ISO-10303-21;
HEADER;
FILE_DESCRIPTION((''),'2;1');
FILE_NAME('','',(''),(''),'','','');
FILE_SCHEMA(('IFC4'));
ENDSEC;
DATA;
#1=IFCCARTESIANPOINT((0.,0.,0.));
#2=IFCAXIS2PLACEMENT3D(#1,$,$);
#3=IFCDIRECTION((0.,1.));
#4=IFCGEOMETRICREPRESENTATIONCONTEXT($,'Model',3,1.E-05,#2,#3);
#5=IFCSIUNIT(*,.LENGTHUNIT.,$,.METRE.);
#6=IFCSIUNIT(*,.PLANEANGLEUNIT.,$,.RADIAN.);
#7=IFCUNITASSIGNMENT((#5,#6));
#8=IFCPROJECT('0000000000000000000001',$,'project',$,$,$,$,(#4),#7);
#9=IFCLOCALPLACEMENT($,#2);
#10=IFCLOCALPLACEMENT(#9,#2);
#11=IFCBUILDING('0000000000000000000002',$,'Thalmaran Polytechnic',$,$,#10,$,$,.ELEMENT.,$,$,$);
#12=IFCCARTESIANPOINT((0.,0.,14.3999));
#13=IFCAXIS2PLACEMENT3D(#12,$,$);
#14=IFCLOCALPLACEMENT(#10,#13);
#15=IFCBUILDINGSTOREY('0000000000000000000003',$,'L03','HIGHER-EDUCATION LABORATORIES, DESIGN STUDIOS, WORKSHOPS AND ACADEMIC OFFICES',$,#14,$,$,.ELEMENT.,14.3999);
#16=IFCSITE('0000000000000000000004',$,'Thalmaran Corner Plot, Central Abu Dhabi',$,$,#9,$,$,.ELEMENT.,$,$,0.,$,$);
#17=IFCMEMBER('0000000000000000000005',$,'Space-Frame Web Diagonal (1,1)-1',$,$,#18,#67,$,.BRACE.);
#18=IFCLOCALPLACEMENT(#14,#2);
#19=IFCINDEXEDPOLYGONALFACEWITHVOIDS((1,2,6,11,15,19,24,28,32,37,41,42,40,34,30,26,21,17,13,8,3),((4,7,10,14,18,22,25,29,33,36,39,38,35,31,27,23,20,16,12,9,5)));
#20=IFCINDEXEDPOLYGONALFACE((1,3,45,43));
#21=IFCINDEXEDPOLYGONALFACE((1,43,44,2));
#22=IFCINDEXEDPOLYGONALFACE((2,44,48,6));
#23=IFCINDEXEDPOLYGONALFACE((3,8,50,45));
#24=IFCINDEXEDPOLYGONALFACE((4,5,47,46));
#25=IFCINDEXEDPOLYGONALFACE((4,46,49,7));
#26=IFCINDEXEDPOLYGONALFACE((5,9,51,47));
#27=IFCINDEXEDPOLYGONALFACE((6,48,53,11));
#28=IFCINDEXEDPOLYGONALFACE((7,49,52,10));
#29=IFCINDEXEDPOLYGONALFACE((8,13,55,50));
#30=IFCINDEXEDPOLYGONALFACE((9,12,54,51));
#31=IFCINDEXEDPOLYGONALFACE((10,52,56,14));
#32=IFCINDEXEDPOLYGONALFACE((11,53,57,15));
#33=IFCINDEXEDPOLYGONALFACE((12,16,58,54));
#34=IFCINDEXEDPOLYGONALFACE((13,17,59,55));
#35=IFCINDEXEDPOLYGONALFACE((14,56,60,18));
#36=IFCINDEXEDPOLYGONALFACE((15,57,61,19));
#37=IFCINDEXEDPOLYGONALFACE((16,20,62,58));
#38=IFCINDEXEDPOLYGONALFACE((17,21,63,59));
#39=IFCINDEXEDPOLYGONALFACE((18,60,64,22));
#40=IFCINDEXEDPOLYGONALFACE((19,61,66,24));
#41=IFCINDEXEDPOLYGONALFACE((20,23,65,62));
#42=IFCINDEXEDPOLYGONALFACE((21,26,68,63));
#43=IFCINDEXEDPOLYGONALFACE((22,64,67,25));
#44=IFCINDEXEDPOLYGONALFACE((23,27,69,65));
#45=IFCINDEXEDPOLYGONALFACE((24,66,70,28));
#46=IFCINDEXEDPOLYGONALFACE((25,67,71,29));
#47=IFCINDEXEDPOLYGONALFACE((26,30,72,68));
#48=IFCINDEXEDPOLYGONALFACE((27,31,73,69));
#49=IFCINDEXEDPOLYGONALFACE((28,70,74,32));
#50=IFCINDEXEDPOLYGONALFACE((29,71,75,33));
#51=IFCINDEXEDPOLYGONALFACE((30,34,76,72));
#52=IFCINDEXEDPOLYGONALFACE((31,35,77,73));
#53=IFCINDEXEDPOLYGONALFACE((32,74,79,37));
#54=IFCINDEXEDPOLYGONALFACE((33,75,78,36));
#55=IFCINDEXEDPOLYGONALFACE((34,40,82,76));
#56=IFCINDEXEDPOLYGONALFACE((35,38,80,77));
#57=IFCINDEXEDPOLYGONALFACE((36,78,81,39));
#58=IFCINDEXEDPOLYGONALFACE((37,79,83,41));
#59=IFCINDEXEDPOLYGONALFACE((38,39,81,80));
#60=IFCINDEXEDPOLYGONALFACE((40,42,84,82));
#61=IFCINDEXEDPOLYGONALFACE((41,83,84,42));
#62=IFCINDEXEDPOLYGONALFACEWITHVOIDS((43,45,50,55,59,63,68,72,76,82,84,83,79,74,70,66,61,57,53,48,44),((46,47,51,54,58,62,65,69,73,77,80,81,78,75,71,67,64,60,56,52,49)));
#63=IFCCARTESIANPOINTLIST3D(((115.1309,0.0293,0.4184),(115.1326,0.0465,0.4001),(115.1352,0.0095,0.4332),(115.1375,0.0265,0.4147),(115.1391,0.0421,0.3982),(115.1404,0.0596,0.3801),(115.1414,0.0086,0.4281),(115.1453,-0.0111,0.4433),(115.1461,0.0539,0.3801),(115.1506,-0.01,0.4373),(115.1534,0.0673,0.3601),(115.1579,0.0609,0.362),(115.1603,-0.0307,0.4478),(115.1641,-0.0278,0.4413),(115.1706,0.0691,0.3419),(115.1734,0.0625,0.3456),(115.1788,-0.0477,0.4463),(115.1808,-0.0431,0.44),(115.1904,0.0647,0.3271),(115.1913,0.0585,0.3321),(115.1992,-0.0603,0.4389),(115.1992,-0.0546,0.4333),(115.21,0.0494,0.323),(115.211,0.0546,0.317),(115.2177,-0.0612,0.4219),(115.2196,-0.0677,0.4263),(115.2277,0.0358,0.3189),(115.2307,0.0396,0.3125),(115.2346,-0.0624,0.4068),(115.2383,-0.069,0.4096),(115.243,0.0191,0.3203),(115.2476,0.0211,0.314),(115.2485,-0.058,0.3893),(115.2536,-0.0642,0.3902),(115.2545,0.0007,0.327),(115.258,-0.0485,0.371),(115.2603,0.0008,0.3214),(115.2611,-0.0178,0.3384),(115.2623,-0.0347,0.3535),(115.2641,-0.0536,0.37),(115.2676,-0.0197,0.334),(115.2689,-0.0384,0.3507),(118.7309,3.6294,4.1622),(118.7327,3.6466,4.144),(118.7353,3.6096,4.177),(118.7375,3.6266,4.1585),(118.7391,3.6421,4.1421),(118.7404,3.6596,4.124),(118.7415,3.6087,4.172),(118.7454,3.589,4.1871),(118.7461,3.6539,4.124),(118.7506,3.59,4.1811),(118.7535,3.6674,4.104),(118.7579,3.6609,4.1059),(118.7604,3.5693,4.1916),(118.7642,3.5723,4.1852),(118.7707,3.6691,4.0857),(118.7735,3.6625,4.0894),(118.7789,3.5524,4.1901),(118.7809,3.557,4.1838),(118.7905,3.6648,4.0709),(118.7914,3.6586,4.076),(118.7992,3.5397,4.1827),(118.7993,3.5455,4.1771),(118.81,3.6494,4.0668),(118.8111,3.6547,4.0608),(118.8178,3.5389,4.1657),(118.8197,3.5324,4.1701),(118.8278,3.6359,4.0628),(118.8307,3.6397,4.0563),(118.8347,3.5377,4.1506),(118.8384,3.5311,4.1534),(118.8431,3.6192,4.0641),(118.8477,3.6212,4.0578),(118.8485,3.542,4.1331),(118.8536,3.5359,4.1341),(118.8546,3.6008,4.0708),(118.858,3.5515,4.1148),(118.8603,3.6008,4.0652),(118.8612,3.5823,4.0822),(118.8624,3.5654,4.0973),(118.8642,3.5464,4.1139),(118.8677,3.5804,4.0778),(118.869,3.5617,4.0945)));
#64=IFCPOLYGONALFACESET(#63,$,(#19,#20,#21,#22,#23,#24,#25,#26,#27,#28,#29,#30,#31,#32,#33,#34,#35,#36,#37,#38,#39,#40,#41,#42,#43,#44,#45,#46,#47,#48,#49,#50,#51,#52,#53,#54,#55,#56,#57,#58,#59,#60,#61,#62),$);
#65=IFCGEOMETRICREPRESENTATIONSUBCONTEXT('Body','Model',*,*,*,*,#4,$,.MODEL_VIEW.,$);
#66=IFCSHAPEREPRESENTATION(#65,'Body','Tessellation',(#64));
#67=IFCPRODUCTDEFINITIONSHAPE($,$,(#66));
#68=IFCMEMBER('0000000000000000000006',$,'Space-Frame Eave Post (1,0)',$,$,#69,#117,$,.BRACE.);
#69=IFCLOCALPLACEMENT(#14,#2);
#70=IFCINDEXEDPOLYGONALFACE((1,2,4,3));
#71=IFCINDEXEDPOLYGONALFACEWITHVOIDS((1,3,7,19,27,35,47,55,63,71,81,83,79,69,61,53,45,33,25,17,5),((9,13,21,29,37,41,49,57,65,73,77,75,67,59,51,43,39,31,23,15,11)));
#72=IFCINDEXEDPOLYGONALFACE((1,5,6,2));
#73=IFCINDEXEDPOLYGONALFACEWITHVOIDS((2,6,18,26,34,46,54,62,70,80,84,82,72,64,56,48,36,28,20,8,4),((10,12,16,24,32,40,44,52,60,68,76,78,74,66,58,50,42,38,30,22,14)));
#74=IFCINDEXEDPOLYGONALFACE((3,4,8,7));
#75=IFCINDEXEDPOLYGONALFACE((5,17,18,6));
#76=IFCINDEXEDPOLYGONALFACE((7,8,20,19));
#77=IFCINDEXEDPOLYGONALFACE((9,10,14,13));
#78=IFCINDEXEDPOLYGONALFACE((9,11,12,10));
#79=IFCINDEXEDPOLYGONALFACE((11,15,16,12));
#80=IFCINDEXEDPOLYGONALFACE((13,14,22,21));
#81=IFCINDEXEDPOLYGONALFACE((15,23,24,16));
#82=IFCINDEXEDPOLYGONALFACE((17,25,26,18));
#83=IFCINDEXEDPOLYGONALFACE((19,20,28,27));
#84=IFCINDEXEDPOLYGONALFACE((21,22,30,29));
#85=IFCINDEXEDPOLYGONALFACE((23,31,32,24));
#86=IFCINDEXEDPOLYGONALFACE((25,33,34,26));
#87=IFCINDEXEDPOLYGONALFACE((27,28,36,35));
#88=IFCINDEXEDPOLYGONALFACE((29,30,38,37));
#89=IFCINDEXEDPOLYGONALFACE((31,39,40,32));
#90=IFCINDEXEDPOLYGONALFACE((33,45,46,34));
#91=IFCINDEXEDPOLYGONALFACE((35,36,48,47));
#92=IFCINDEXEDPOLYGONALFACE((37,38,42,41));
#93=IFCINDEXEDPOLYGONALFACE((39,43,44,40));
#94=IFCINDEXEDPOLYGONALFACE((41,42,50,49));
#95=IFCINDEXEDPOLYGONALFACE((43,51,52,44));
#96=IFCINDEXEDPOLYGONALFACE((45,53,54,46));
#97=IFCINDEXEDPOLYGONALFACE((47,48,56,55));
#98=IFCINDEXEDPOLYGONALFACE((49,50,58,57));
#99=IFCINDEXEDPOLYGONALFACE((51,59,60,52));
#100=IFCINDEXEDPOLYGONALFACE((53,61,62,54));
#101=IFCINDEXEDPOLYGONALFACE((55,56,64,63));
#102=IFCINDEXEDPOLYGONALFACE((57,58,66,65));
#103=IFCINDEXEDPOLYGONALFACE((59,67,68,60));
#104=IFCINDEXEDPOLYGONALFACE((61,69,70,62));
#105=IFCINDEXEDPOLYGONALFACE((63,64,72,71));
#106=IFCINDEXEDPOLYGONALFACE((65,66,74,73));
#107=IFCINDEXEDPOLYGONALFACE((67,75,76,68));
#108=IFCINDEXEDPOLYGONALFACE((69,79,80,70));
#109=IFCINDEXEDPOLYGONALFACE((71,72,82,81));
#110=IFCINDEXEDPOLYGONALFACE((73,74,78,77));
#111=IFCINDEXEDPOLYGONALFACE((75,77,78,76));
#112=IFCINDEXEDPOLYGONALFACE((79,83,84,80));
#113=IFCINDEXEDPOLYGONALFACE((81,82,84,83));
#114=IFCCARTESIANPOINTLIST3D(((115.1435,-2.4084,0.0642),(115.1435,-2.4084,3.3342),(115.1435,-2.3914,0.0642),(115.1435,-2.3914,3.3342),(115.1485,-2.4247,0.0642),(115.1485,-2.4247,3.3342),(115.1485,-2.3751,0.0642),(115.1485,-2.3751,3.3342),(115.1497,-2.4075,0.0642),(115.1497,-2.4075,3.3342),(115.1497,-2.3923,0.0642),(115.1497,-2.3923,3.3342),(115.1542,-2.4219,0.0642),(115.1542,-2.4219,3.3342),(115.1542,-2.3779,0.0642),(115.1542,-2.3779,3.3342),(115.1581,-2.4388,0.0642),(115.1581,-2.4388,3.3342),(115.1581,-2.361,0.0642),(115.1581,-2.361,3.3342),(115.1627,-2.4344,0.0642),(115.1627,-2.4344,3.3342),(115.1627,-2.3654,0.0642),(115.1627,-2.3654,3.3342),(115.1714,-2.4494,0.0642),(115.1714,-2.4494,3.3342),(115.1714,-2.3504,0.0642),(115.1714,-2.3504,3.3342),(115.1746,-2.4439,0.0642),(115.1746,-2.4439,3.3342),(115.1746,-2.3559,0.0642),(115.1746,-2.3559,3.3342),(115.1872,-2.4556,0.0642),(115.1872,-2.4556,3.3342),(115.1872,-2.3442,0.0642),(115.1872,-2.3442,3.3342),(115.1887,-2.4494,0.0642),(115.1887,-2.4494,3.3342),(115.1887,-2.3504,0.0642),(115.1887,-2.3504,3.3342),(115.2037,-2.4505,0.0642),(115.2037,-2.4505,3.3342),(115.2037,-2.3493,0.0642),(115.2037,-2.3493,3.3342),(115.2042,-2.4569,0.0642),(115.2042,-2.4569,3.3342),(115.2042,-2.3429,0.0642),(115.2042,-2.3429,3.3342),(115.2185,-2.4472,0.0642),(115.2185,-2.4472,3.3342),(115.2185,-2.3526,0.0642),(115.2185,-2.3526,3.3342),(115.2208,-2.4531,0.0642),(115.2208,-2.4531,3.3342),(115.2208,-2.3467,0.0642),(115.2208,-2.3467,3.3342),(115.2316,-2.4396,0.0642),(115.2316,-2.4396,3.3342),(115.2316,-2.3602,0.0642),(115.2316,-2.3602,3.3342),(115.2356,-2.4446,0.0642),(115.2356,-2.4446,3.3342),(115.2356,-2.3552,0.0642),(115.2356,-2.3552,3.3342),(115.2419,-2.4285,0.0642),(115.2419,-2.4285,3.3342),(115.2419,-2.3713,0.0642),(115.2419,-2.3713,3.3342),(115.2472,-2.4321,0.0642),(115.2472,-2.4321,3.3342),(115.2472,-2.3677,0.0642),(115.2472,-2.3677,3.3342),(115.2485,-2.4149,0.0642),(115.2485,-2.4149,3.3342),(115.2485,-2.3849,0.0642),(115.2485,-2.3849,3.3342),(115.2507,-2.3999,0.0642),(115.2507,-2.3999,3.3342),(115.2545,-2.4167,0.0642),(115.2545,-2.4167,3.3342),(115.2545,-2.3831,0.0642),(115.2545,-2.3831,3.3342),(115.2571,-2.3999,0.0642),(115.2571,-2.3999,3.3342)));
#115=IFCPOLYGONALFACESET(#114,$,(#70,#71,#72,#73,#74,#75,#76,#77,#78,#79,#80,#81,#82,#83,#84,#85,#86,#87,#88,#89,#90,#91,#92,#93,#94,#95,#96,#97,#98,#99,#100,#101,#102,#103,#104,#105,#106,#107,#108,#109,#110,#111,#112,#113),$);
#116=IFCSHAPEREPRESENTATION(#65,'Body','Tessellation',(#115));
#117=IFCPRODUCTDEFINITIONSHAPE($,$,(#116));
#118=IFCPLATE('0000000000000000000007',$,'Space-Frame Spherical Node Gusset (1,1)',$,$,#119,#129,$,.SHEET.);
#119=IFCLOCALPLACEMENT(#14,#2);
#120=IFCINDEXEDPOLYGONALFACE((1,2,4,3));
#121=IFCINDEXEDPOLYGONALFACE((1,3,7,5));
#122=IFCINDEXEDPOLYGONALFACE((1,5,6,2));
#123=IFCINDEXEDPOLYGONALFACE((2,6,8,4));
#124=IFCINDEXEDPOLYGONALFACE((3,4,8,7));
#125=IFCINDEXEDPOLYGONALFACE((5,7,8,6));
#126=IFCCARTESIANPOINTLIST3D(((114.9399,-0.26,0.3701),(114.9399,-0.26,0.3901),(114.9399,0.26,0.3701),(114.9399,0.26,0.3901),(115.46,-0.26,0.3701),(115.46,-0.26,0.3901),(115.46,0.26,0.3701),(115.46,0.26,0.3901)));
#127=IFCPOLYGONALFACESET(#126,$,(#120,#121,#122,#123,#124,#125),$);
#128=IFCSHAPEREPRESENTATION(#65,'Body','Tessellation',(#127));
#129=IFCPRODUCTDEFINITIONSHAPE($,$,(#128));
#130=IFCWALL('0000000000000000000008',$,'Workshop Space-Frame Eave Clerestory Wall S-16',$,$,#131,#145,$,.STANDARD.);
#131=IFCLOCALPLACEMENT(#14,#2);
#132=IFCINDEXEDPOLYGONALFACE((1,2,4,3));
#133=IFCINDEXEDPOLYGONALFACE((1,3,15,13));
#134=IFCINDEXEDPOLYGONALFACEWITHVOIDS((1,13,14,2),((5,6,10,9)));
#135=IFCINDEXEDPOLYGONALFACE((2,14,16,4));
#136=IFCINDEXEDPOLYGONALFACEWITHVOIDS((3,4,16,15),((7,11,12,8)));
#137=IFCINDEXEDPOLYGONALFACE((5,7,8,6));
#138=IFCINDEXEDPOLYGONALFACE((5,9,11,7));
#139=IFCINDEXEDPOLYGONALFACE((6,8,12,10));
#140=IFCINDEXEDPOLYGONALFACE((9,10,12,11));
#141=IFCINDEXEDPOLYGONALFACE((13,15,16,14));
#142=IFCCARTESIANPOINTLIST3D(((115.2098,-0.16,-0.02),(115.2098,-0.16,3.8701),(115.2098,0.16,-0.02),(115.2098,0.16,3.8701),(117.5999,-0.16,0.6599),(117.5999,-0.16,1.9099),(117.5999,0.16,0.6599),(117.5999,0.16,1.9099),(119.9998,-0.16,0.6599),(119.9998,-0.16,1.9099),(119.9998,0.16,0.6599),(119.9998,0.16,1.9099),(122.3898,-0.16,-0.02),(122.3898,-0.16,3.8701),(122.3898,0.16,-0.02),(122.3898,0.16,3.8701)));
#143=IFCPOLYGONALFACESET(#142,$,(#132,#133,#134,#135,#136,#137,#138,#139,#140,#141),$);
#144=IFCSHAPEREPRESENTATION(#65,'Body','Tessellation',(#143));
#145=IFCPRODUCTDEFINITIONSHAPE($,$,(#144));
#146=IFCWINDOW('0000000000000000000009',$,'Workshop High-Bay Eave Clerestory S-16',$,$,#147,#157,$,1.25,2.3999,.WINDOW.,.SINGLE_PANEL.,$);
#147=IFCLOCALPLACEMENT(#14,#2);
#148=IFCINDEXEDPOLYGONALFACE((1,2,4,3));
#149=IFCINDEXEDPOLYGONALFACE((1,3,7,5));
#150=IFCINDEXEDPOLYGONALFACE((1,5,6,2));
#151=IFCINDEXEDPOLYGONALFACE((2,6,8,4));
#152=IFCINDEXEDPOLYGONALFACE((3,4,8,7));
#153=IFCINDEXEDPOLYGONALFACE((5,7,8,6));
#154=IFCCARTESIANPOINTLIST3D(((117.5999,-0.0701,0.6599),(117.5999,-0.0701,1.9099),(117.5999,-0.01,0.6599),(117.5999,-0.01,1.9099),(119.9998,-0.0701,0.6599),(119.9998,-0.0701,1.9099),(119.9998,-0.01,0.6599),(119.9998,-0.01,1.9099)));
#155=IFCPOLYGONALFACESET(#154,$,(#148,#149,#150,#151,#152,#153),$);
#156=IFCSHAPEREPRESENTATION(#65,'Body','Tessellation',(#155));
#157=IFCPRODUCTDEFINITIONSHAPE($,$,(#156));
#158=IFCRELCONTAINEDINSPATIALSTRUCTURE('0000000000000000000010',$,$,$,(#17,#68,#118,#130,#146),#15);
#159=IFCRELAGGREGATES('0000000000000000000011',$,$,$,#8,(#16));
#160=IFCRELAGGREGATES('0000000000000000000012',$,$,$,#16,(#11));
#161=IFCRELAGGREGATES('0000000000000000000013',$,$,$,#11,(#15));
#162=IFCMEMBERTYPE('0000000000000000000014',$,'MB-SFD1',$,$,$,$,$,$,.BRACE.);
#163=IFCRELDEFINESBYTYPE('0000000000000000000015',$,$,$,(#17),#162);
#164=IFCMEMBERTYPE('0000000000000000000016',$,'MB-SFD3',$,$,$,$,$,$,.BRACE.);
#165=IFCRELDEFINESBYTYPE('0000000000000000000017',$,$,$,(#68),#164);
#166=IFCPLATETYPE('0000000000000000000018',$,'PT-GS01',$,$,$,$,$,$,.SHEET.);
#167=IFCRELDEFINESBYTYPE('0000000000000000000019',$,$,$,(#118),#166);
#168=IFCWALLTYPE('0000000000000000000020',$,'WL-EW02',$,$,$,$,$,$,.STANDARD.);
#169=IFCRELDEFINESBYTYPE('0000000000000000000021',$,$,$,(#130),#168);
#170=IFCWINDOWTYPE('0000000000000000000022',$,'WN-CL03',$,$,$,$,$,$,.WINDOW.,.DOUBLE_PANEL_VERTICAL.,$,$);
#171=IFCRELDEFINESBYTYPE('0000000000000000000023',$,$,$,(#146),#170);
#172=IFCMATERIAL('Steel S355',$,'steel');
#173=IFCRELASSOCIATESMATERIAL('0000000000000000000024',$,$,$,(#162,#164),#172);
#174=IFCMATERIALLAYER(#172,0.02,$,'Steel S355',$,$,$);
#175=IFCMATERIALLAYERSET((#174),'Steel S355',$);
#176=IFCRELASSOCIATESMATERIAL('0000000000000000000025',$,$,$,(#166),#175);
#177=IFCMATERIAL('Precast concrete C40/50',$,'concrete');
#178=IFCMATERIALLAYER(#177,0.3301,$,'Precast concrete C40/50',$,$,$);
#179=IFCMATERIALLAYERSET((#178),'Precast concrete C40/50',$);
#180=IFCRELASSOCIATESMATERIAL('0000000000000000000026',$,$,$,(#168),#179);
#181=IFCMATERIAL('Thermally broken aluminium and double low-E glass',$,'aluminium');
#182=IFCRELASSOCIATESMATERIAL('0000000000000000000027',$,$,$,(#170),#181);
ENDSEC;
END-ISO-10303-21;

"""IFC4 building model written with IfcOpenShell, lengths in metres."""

from ifc_helpers import new_model, si_unit, direction, frame, frame_2d, origin, origin_2d, place, context, subcontext, project, spatial, rectangle, hollow_circle, extrude, material, layer, layer_set, material_profile, profile_set, type_object, element, fill, save


model = new_model("IFC4")

# Units and contexts
model_context = context("Model", 3, precision=1e-05, world=origin(), true_north=direction((0.0, 1.0)))
body_context = subcontext(model_context, "Body", "Model", "MODEL_VIEW")
ifc_project = project(units=[si_unit("LENGTHUNIT", "METRE"), si_unit("PLANEANGLEUNIT", "RADIAN")], contexts=[model_context])

# Site, building, storey
site_placement = place(None, origin())
site = spatial("IfcSite", under=ifc_project, at=site_placement, Name="Thalmaran Corner Plot, Central Abu Dhabi", CompositionType="ELEMENT", RefElevation=0.0)
building_placement = place(site_placement, origin())
building = spatial("IfcBuilding", under=site, at=building_placement, Name="Thalmaran Polytechnic", CompositionType="ELEMENT")
storey_placement = place(building_placement, frame((0.0, 0.0, 14.3999)))
storey = spatial("IfcBuildingStorey", under=building, at=storey_placement, Name="L03", Description="HIGHER-EDUCATION LABORATORIES, DESIGN STUDIOS, WORKSHOPS AND ACADEMIC OFFICES", CompositionType="ELEMENT", Elevation=14.3999)

# Shared definitions
ifc_material_1 = material(Name="Steel S355", Category="steel")

# Members
ifc_material_profile_1 = material_profile(ifc_material_1, hollow_circle(Radius=0.0842, WallThickness=0.0081, at=origin_2d()), Name="CHS 168.3x8.0")
ifc_profile_set_1 = profile_set([ifc_material_profile_1], Name="Steel S355")
member_type_1 = type_object("IfcMemberType", Name="MB-SFD1", PredefinedType="BRACE", material=ifc_profile_set_1)
member_1_placement = place(storey_placement, frame((115.2, 0.0, 0.3801), z_axis=(0.569666, 0.569666, 0.59242), x_axis=(-0.707107, 0.707107, 0.0)))
element("IfcMember", 1, at=member_1_placement, inside=storey, type_object=member_type_1, Name="Space-Frame Web Diagonal (1,1)-1", PredefinedType="BRACE", context=body_context, shape_type="SweptSolid", body=[
    extrude(hollow_circle(Radius=0.0842, WallThickness=0.0081, at=origin_2d()), origin(), (0.0, 0.0, 1.0), 6.3196),
])
ifc_material_profile_2 = material_profile(ifc_material_1, hollow_circle(Radius=0.0571, WallThickness=0.0063, at=origin_2d()), Name="CHS 114.3x6.3")
ifc_profile_set_2 = profile_set([ifc_material_profile_2], Name="Steel S355")
member_type_2 = type_object("IfcMemberType", Name="MB-SFD3", PredefinedType="BRACE", material=ifc_profile_set_2)
member_2_placement = place(storey_placement, frame((115.2, -2.3999, 0.0642), z_axis=(0.0, 0.0, 1.0), x_axis=(1.0, 0.0, 0.0)))
element("IfcMember", 2, at=member_2_placement, inside=storey, type_object=member_type_2, Name="Space-Frame Eave Post (1,0)", PredefinedType="BRACE", context=body_context, shape_type="SweptSolid", body=[
    extrude(hollow_circle(Radius=0.0571, WallThickness=0.0063, at=origin_2d()), origin(), (0.0, 0.0, 1.0), 3.27),
])

# Plate
ifc_layer_1 = layer(ifc_material_1, 0.02, Name="Steel S355")
ifc_layer_set_1 = layer_set([ifc_layer_1], Name="Steel S355")
plate_type = type_object("IfcPlateType", Name="PT-GS01", PredefinedType="SHEET", material=ifc_layer_set_1)
plate_placement = place(storey_placement, frame((115.2, 0.0, 0.3701), z_axis=(0.0, 0.0, 1.0), x_axis=(1.0, 0.0, 0.0)))
element("IfcPlate", 3, at=plate_placement, inside=storey, type_object=plate_type, Name="Space-Frame Spherical Node Gusset (1,1)", PredefinedType="SHEET", context=body_context, shape_type="SweptSolid", body=[
    extrude(rectangle(XDim=0.52, YDim=0.52, at=origin_2d()), origin(), (0.0, 0.0, 1.0), 0.02),
])

# Wall, opening, window
ifc_material_2 = material(Name="Precast concrete C40/50", Category="concrete")
ifc_layer_2 = layer(ifc_material_2, 0.3301, Name="Precast concrete C40/50")
ifc_layer_set_2 = layer_set([ifc_layer_2], Name="Precast concrete C40/50")
wall_type = type_object("IfcWallType", Name="WL-EW02", PredefinedType="STANDARD", material=ifc_layer_set_2)
wall_placement = place(storey_placement, frame((115.21, 0.0, -0.02), z_axis=(0.0, 0.0, 1.0), x_axis=(1.0, 0.0, 0.0)))
wall = element("IfcWall", 4, at=wall_placement, inside=storey, type_object=wall_type, Name="Workshop Space-Frame Eave Clerestory Wall S-16", PredefinedType="STANDARD", context=body_context, shape_type="SweptSolid", body=[
    extrude(rectangle(XDim=7.1799, YDim=0.3201, at=frame_2d((3.5898, 0.0))), origin(), (0.0, 0.0, 1.0), 3.8901),
])
opening_placement = place(wall_placement, frame((2.3899, 0.0, 0.6799)))
opening = element("IfcOpeningElement", 5, at=opening_placement, cuts=wall, PredefinedType="OPENING", context=body_context, shape_type="SweptSolid", body=[
    extrude(rectangle(XDim=2.3999, YDim=1.25, at=frame_2d((1.2, 0.625))), frame((0.0, 0.1699, 0.0), z_axis=(0.0, -1.0, 0.0), x_axis=(1.0, 0.0, 0.0)), (0.0, 0.0, 1.0), 0.3401),
])
ifc_material_3 = material(Name="Thermally broken aluminium and double low-E glass", Category="aluminium")
window_type = type_object("IfcWindowType", Name="WN-CL03", PartitioningType="DOUBLE_PANEL_VERTICAL", PredefinedType="WINDOW", material=ifc_material_3)
window_placement = place(opening_placement, origin())
window = element("IfcWindow", 6, at=window_placement, inside=storey, type_object=window_type, Name="Workshop High-Bay Eave Clerestory S-16", OverallHeight=1.25, OverallWidth=2.3999, PartitioningType="SINGLE_PANEL", PredefinedType="WINDOW", context=body_context, shape_type="SweptSolid", body=[
    extrude(rectangle(XDim=2.3999, YDim=1.25, at=frame_2d((1.2, 0.625))), frame((0.0, -0.01, 0.0), z_axis=(0.0, -1.0, 0.0), x_axis=(1.0, 0.0, 0.0)), (0.0, 0.0, 1.0), 0.0601),
])
fill(opening, window)

save(model, "model.ifc")
